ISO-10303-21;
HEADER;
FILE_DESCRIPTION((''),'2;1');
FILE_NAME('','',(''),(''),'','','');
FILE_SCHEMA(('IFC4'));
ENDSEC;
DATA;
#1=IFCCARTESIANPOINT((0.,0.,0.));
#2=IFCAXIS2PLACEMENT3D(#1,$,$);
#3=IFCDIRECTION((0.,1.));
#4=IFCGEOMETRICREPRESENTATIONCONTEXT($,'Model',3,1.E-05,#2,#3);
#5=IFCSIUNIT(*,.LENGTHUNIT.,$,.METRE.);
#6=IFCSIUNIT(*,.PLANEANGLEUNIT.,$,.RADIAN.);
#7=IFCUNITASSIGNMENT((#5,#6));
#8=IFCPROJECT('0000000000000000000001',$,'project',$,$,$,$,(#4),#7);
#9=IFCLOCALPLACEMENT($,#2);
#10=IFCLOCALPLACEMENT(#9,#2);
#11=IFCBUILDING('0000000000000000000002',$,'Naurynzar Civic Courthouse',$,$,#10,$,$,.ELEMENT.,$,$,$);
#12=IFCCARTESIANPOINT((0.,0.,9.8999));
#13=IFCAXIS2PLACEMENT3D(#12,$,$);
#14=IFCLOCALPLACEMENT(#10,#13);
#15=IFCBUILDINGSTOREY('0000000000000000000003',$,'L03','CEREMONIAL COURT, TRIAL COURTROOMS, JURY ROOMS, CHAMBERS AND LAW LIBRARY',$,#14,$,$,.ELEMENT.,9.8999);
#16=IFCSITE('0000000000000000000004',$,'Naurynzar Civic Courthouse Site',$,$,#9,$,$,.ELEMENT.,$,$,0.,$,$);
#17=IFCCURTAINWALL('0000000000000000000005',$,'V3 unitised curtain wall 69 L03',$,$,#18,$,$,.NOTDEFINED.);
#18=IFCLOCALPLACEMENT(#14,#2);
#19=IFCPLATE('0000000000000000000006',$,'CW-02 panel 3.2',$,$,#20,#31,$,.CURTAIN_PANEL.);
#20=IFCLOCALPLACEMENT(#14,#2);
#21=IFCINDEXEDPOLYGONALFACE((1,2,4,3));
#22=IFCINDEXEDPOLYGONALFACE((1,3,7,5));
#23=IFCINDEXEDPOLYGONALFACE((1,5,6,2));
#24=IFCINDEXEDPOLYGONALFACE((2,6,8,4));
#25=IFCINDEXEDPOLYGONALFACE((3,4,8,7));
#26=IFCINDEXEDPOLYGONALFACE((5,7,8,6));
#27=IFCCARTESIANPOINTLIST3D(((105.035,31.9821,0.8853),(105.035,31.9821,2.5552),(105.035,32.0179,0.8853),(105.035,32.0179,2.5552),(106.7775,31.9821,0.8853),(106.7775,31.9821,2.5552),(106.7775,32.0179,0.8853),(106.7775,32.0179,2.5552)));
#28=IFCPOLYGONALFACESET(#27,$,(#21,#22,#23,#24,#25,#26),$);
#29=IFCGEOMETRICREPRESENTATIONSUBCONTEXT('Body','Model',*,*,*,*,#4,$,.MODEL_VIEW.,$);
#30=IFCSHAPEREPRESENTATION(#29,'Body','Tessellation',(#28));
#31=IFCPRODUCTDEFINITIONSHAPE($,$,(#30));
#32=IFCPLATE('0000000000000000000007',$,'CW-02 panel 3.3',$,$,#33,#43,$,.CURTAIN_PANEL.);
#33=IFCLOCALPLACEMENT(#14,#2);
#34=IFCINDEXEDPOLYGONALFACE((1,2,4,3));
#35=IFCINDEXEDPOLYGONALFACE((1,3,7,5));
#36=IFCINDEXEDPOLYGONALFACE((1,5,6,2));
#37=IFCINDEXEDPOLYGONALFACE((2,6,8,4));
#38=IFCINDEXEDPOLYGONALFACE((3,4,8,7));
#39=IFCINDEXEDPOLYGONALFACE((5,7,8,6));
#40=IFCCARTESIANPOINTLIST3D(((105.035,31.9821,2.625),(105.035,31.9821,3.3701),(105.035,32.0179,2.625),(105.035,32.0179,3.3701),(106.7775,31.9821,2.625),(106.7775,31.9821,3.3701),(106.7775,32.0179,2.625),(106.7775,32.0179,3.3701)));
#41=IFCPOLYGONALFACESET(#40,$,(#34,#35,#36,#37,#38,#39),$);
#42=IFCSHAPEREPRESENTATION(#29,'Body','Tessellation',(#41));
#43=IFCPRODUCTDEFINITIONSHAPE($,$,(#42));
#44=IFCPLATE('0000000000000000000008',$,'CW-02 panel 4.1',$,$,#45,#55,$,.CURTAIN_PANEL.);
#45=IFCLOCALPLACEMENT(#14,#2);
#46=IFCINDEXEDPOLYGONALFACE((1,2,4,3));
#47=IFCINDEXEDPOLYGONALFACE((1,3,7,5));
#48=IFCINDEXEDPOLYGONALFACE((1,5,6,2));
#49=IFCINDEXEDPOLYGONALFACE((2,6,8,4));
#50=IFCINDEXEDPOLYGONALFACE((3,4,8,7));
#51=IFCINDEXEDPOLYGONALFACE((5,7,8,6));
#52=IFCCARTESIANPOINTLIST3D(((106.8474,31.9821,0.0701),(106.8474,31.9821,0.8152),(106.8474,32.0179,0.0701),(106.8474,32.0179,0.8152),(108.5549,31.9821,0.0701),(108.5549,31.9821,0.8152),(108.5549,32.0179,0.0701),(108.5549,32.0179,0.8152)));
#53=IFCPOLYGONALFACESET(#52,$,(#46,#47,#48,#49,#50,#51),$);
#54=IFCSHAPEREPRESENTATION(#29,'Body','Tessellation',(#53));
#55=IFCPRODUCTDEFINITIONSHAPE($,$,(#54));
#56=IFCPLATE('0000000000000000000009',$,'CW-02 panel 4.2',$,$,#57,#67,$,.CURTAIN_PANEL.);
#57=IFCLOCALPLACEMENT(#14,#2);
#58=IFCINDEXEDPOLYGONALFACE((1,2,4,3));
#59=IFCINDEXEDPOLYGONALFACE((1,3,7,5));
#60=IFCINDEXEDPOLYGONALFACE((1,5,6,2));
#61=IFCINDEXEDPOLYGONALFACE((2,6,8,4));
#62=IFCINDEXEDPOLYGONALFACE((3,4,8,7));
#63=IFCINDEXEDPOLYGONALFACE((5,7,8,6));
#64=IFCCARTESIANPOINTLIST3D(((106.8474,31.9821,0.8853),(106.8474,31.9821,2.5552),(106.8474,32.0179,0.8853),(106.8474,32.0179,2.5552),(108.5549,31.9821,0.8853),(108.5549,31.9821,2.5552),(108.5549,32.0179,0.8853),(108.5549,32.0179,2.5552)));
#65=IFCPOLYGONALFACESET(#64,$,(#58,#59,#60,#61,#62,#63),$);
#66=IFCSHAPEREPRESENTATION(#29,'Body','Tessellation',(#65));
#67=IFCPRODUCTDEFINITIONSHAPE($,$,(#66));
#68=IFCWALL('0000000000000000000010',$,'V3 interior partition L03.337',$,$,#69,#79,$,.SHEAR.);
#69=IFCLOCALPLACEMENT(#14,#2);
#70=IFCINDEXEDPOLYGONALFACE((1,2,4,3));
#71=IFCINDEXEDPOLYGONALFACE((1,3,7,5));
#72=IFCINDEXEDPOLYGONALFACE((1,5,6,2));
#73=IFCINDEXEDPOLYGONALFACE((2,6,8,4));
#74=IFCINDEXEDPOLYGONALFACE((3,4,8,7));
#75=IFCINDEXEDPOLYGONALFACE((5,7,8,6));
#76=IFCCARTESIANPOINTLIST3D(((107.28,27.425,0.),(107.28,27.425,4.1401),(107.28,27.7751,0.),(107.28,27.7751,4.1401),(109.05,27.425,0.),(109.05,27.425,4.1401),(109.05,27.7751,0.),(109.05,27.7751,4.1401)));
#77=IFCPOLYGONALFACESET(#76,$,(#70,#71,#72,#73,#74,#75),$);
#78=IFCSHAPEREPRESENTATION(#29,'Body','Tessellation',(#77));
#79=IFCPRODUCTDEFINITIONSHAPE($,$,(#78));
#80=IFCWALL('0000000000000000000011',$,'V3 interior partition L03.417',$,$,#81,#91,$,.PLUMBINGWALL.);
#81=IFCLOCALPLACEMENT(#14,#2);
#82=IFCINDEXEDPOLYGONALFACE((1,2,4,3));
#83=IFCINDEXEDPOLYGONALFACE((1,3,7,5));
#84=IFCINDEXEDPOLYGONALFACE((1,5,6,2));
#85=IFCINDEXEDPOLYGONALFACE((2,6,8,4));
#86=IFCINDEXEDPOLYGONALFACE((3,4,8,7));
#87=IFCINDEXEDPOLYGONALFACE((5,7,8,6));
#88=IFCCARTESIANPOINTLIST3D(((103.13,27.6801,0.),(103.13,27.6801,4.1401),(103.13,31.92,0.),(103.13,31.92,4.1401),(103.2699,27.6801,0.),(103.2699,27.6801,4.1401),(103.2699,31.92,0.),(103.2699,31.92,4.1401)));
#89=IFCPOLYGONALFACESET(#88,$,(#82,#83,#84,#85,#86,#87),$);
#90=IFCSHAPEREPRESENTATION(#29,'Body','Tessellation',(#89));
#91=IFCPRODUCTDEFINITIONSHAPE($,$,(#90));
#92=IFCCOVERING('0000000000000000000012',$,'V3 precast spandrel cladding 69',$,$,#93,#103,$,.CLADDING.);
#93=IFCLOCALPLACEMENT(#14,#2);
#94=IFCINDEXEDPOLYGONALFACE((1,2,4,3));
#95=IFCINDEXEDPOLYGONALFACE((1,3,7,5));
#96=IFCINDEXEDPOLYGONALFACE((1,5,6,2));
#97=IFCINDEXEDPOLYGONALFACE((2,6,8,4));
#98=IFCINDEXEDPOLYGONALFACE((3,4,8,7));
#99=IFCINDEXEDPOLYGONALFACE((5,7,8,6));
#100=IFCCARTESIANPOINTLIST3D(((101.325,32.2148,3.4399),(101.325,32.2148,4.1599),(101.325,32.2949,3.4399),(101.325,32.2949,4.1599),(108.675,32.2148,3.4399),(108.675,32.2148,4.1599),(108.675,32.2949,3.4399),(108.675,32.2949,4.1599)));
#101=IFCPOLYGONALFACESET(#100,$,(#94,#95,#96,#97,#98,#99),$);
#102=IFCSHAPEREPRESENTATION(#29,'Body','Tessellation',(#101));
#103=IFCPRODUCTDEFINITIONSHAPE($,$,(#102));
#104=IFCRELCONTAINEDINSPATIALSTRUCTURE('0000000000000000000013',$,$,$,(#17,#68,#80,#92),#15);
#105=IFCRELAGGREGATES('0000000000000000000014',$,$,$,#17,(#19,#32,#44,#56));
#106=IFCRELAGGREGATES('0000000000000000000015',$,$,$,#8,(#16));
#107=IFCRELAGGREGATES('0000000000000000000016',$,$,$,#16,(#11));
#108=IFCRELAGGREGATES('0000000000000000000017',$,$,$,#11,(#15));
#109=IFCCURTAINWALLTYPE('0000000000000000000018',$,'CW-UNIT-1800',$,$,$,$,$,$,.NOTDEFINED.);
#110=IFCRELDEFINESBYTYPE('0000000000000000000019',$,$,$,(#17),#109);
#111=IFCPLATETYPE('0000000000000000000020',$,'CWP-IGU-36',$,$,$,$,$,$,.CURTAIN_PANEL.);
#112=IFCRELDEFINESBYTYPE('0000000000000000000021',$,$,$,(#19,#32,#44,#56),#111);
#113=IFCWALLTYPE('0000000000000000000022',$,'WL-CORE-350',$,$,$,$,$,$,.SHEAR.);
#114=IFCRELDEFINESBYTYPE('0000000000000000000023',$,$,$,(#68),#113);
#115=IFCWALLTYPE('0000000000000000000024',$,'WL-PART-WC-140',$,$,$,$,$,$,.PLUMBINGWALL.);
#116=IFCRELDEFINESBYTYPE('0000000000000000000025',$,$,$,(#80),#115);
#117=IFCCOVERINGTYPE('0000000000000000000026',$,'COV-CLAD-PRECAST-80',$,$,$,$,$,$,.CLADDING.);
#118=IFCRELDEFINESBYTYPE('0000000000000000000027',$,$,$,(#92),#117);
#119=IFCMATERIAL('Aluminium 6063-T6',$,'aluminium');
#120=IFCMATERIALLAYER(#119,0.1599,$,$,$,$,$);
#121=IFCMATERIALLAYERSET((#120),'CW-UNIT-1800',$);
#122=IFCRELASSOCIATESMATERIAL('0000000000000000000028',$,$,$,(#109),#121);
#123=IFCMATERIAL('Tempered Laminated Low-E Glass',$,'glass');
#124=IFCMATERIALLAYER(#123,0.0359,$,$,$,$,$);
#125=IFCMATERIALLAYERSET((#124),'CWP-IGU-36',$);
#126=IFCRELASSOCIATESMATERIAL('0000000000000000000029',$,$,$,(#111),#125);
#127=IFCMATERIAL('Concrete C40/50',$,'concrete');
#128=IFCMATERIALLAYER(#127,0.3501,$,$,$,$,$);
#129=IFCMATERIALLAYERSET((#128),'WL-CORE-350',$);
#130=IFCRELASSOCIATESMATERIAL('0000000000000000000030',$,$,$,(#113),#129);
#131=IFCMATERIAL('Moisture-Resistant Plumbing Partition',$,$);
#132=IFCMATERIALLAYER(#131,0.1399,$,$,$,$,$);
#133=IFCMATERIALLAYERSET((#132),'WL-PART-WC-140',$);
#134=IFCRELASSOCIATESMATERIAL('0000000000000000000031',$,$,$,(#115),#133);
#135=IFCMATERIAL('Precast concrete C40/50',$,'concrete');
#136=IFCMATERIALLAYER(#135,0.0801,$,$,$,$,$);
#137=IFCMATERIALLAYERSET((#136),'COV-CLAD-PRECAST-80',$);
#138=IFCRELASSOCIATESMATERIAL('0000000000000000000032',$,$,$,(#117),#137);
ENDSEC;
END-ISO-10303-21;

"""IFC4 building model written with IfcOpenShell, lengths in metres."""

from ifc_helpers import new_model, si_unit, direction, frame, frame_2d, origin, origin_2d, place, context, subcontext, project, spatial, rectangle, extrude, material, layer, layer_set, type_object, element, aggregate, save


model = new_model("IFC4")

# Units and contexts
model_context = context("Model", 3, precision=1e-05, world=origin(), true_north=direction((0.0, 1.0)))
body_context = subcontext(model_context, "Body", "Model", "MODEL_VIEW")
ifc_project = project(units=[si_unit("LENGTHUNIT", "METRE"), si_unit("PLANEANGLEUNIT", "RADIAN")], contexts=[model_context])

# Site, building, storey
site_placement = place(None, origin())
site = spatial("IfcSite", under=ifc_project, at=site_placement, Name="Naurynzar Civic Courthouse Site", CompositionType="ELEMENT", RefElevation=0.0)
building_placement = place(site_placement, origin())
building = spatial("IfcBuilding", under=site, at=building_placement, Name="Naurynzar Civic Courthouse", CompositionType="ELEMENT")
storey_placement = place(building_placement, frame((0.0, 0.0, 9.8999)))
storey = spatial("IfcBuildingStorey", under=building, at=storey_placement, Name="L03", Description="CEREMONIAL COURT, TRIAL COURTROOMS, JURY ROOMS, CHAMBERS AND LAW LIBRARY", CompositionType="ELEMENT", Elevation=9.8999)

# Curtain wall, plates
ifc_material_1 = material(Name="Aluminium 6063-T6", Category="aluminium")
ifc_layer_1 = layer(ifc_material_1, 0.1599)
ifc_layer_set_1 = layer_set([ifc_layer_1], Name="CW-UNIT-1800")
curtain_wall_type = type_object("IfcCurtainWallType", Name="CW-UNIT-1800", PredefinedType="NOTDEFINED", material=ifc_layer_set_1)
curtain_wall_placement = place(storey_placement, origin())
curtain_wall = element("IfcCurtainWall", 1, at=curtain_wall_placement, inside=storey, type_object=curtain_wall_type, Name="V3 unitised curtain wall 69 L03", PredefinedType="NOTDEFINED")
ifc_material_2 = material(Name="Tempered Laminated Low-E Glass", Category="glass")
ifc_layer_2 = layer(ifc_material_2, 0.0359)
ifc_layer_set_2 = layer_set([ifc_layer_2], Name="CWP-IGU-36")
plate_type = type_object("IfcPlateType", Name="CWP-IGU-36", PredefinedType="CURTAIN_PANEL", material=ifc_layer_set_2)
plate_1_placement = place(storey_placement, frame((105.9062, 32.0, 0.8853), z_axis=(0.0, 0.0, 1.0), x_axis=(1.0, 0.0, 0.0)))
plate_1 = element("IfcPlate", 2, at=plate_1_placement, type_object=plate_type, Name="CW-02 panel 3.2", PredefinedType="CURTAIN_PANEL", context=body_context, shape_type="SweptSolid", body=[
    extrude(rectangle(XDim=1.7424, YDim=0.0359, at=origin_2d()), origin(), (0.0, 0.0, 1.0), 1.6699),
])
plate_2_placement = place(storey_placement, frame((105.9062, 32.0, 2.625), z_axis=(0.0, 0.0, 1.0), x_axis=(1.0, 0.0, 0.0)))
plate_2 = element("IfcPlate", 3, at=plate_2_placement, type_object=plate_type, Name="CW-02 panel 3.3", PredefinedType="CURTAIN_PANEL", context=body_context, shape_type="SweptSolid", body=[
    extrude(rectangle(XDim=1.7424, YDim=0.0359, at=origin_2d()), origin(), (0.0, 0.0, 1.0), 0.7451),
])
plate_3_placement = place(storey_placement, frame((107.7012, 32.0, 0.0701), z_axis=(0.0, 0.0, 1.0), x_axis=(1.0, 0.0, 0.0)))
plate_3 = element("IfcPlate", 4, at=plate_3_placement, type_object=plate_type, Name="CW-02 panel 4.1", PredefinedType="CURTAIN_PANEL", context=body_context, shape_type="SweptSolid", body=[
    extrude(rectangle(XDim=1.7075, YDim=0.0359, at=origin_2d()), origin(), (0.0, 0.0, 1.0), 0.7451),
])
plate_4_placement = place(storey_placement, frame((107.7012, 32.0, 0.8853), z_axis=(0.0, 0.0, 1.0), x_axis=(1.0, 0.0, 0.0)))
plate_4 = element("IfcPlate", 5, at=plate_4_placement, type_object=plate_type, Name="CW-02 panel 4.2", PredefinedType="CURTAIN_PANEL", context=body_context, shape_type="SweptSolid", body=[
    extrude(rectangle(XDim=1.7075, YDim=0.0359, at=origin_2d()), origin(), (0.0, 0.0, 1.0), 1.6699),
])
aggregate(curtain_wall, [plate_1, plate_2, plate_3, plate_4])

# Wall
ifc_material_3 = material(Name="Concrete C40/50", Category="concrete")
ifc_layer_3 = layer(ifc_material_3, 0.3501)
ifc_layer_set_3 = layer_set([ifc_layer_3], Name="WL-CORE-350")
wall_type_1 = type_object("IfcWallType", Name="WL-CORE-350", PredefinedType="SHEAR", material=ifc_layer_set_3)
wall_1_placement = place(storey_placement, frame((107.28, 27.6001, 0.0), z_axis=(0.0, 0.0, 1.0), x_axis=(1.0, 0.0, 0.0)))
element("IfcWall", 6, at=wall_1_placement, inside=storey, type_object=wall_type_1, Name="V3 interior partition L03.337", PredefinedType="SHEAR", context=body_context, shape_type="SweptSolid", body=[
    extrude(rectangle(XDim=1.77, YDim=0.3501, at=frame_2d((0.885, 0.0))), origin(), (0.0, 0.0, 1.0), 4.1401),
])

# Wall
ifc_material_4 = material(Name="Moisture-Resistant Plumbing Partition")
ifc_layer_4 = layer(ifc_material_4, 0.1399)
ifc_layer_set_4 = layer_set([ifc_layer_4], Name="WL-PART-WC-140")
wall_type_2 = type_object("IfcWallType", Name="WL-PART-WC-140", PredefinedType="PLUMBINGWALL", material=ifc_layer_set_4)
wall_2_placement = place(storey_placement, frame((103.2, 27.6799, 0.0), z_axis=(0.0, 0.0, 1.0), x_axis=(0.0, 1.0, 0.0)))
element("IfcWall", 7, at=wall_2_placement, inside=storey, type_object=wall_type_2, Name="V3 interior partition L03.417", PredefinedType="PLUMBINGWALL", context=body_context, shape_type="SweptSolid", body=[
    extrude(rectangle(XDim=4.24, YDim=0.1399, at=frame_2d((2.1201, 0.0))), origin(), (0.0, 0.0, 1.0), 4.1401),
])

# Covering
ifc_material_5 = material(Name="Precast concrete C40/50", Category="concrete")
ifc_layer_5 = layer(ifc_material_5, 0.0801)
ifc_layer_set_5 = layer_set([ifc_layer_5], Name="COV-CLAD-PRECAST-80")
covering_type = type_object("IfcCoveringType", Name="COV-CLAD-PRECAST-80", PredefinedType="CLADDING", material=ifc_layer_set_5)
covering_placement = place(storey_placement, frame((105.0, 32.2549, 3.4399), z_axis=(0.0, 0.0, 1.0), x_axis=(1.0, 0.0, 0.0)))
element("IfcCovering", 8, at=covering_placement, inside=storey, type_object=covering_type, Name="V3 precast spandrel cladding 69", PredefinedType="CLADDING", context=body_context, shape_type="SweptSolid", body=[
    extrude(rectangle(XDim=7.3501, YDim=0.0801, at=origin_2d()), origin(), (0.0, 0.0, 1.0), 0.72),
])

save(model, "model.ifc")
